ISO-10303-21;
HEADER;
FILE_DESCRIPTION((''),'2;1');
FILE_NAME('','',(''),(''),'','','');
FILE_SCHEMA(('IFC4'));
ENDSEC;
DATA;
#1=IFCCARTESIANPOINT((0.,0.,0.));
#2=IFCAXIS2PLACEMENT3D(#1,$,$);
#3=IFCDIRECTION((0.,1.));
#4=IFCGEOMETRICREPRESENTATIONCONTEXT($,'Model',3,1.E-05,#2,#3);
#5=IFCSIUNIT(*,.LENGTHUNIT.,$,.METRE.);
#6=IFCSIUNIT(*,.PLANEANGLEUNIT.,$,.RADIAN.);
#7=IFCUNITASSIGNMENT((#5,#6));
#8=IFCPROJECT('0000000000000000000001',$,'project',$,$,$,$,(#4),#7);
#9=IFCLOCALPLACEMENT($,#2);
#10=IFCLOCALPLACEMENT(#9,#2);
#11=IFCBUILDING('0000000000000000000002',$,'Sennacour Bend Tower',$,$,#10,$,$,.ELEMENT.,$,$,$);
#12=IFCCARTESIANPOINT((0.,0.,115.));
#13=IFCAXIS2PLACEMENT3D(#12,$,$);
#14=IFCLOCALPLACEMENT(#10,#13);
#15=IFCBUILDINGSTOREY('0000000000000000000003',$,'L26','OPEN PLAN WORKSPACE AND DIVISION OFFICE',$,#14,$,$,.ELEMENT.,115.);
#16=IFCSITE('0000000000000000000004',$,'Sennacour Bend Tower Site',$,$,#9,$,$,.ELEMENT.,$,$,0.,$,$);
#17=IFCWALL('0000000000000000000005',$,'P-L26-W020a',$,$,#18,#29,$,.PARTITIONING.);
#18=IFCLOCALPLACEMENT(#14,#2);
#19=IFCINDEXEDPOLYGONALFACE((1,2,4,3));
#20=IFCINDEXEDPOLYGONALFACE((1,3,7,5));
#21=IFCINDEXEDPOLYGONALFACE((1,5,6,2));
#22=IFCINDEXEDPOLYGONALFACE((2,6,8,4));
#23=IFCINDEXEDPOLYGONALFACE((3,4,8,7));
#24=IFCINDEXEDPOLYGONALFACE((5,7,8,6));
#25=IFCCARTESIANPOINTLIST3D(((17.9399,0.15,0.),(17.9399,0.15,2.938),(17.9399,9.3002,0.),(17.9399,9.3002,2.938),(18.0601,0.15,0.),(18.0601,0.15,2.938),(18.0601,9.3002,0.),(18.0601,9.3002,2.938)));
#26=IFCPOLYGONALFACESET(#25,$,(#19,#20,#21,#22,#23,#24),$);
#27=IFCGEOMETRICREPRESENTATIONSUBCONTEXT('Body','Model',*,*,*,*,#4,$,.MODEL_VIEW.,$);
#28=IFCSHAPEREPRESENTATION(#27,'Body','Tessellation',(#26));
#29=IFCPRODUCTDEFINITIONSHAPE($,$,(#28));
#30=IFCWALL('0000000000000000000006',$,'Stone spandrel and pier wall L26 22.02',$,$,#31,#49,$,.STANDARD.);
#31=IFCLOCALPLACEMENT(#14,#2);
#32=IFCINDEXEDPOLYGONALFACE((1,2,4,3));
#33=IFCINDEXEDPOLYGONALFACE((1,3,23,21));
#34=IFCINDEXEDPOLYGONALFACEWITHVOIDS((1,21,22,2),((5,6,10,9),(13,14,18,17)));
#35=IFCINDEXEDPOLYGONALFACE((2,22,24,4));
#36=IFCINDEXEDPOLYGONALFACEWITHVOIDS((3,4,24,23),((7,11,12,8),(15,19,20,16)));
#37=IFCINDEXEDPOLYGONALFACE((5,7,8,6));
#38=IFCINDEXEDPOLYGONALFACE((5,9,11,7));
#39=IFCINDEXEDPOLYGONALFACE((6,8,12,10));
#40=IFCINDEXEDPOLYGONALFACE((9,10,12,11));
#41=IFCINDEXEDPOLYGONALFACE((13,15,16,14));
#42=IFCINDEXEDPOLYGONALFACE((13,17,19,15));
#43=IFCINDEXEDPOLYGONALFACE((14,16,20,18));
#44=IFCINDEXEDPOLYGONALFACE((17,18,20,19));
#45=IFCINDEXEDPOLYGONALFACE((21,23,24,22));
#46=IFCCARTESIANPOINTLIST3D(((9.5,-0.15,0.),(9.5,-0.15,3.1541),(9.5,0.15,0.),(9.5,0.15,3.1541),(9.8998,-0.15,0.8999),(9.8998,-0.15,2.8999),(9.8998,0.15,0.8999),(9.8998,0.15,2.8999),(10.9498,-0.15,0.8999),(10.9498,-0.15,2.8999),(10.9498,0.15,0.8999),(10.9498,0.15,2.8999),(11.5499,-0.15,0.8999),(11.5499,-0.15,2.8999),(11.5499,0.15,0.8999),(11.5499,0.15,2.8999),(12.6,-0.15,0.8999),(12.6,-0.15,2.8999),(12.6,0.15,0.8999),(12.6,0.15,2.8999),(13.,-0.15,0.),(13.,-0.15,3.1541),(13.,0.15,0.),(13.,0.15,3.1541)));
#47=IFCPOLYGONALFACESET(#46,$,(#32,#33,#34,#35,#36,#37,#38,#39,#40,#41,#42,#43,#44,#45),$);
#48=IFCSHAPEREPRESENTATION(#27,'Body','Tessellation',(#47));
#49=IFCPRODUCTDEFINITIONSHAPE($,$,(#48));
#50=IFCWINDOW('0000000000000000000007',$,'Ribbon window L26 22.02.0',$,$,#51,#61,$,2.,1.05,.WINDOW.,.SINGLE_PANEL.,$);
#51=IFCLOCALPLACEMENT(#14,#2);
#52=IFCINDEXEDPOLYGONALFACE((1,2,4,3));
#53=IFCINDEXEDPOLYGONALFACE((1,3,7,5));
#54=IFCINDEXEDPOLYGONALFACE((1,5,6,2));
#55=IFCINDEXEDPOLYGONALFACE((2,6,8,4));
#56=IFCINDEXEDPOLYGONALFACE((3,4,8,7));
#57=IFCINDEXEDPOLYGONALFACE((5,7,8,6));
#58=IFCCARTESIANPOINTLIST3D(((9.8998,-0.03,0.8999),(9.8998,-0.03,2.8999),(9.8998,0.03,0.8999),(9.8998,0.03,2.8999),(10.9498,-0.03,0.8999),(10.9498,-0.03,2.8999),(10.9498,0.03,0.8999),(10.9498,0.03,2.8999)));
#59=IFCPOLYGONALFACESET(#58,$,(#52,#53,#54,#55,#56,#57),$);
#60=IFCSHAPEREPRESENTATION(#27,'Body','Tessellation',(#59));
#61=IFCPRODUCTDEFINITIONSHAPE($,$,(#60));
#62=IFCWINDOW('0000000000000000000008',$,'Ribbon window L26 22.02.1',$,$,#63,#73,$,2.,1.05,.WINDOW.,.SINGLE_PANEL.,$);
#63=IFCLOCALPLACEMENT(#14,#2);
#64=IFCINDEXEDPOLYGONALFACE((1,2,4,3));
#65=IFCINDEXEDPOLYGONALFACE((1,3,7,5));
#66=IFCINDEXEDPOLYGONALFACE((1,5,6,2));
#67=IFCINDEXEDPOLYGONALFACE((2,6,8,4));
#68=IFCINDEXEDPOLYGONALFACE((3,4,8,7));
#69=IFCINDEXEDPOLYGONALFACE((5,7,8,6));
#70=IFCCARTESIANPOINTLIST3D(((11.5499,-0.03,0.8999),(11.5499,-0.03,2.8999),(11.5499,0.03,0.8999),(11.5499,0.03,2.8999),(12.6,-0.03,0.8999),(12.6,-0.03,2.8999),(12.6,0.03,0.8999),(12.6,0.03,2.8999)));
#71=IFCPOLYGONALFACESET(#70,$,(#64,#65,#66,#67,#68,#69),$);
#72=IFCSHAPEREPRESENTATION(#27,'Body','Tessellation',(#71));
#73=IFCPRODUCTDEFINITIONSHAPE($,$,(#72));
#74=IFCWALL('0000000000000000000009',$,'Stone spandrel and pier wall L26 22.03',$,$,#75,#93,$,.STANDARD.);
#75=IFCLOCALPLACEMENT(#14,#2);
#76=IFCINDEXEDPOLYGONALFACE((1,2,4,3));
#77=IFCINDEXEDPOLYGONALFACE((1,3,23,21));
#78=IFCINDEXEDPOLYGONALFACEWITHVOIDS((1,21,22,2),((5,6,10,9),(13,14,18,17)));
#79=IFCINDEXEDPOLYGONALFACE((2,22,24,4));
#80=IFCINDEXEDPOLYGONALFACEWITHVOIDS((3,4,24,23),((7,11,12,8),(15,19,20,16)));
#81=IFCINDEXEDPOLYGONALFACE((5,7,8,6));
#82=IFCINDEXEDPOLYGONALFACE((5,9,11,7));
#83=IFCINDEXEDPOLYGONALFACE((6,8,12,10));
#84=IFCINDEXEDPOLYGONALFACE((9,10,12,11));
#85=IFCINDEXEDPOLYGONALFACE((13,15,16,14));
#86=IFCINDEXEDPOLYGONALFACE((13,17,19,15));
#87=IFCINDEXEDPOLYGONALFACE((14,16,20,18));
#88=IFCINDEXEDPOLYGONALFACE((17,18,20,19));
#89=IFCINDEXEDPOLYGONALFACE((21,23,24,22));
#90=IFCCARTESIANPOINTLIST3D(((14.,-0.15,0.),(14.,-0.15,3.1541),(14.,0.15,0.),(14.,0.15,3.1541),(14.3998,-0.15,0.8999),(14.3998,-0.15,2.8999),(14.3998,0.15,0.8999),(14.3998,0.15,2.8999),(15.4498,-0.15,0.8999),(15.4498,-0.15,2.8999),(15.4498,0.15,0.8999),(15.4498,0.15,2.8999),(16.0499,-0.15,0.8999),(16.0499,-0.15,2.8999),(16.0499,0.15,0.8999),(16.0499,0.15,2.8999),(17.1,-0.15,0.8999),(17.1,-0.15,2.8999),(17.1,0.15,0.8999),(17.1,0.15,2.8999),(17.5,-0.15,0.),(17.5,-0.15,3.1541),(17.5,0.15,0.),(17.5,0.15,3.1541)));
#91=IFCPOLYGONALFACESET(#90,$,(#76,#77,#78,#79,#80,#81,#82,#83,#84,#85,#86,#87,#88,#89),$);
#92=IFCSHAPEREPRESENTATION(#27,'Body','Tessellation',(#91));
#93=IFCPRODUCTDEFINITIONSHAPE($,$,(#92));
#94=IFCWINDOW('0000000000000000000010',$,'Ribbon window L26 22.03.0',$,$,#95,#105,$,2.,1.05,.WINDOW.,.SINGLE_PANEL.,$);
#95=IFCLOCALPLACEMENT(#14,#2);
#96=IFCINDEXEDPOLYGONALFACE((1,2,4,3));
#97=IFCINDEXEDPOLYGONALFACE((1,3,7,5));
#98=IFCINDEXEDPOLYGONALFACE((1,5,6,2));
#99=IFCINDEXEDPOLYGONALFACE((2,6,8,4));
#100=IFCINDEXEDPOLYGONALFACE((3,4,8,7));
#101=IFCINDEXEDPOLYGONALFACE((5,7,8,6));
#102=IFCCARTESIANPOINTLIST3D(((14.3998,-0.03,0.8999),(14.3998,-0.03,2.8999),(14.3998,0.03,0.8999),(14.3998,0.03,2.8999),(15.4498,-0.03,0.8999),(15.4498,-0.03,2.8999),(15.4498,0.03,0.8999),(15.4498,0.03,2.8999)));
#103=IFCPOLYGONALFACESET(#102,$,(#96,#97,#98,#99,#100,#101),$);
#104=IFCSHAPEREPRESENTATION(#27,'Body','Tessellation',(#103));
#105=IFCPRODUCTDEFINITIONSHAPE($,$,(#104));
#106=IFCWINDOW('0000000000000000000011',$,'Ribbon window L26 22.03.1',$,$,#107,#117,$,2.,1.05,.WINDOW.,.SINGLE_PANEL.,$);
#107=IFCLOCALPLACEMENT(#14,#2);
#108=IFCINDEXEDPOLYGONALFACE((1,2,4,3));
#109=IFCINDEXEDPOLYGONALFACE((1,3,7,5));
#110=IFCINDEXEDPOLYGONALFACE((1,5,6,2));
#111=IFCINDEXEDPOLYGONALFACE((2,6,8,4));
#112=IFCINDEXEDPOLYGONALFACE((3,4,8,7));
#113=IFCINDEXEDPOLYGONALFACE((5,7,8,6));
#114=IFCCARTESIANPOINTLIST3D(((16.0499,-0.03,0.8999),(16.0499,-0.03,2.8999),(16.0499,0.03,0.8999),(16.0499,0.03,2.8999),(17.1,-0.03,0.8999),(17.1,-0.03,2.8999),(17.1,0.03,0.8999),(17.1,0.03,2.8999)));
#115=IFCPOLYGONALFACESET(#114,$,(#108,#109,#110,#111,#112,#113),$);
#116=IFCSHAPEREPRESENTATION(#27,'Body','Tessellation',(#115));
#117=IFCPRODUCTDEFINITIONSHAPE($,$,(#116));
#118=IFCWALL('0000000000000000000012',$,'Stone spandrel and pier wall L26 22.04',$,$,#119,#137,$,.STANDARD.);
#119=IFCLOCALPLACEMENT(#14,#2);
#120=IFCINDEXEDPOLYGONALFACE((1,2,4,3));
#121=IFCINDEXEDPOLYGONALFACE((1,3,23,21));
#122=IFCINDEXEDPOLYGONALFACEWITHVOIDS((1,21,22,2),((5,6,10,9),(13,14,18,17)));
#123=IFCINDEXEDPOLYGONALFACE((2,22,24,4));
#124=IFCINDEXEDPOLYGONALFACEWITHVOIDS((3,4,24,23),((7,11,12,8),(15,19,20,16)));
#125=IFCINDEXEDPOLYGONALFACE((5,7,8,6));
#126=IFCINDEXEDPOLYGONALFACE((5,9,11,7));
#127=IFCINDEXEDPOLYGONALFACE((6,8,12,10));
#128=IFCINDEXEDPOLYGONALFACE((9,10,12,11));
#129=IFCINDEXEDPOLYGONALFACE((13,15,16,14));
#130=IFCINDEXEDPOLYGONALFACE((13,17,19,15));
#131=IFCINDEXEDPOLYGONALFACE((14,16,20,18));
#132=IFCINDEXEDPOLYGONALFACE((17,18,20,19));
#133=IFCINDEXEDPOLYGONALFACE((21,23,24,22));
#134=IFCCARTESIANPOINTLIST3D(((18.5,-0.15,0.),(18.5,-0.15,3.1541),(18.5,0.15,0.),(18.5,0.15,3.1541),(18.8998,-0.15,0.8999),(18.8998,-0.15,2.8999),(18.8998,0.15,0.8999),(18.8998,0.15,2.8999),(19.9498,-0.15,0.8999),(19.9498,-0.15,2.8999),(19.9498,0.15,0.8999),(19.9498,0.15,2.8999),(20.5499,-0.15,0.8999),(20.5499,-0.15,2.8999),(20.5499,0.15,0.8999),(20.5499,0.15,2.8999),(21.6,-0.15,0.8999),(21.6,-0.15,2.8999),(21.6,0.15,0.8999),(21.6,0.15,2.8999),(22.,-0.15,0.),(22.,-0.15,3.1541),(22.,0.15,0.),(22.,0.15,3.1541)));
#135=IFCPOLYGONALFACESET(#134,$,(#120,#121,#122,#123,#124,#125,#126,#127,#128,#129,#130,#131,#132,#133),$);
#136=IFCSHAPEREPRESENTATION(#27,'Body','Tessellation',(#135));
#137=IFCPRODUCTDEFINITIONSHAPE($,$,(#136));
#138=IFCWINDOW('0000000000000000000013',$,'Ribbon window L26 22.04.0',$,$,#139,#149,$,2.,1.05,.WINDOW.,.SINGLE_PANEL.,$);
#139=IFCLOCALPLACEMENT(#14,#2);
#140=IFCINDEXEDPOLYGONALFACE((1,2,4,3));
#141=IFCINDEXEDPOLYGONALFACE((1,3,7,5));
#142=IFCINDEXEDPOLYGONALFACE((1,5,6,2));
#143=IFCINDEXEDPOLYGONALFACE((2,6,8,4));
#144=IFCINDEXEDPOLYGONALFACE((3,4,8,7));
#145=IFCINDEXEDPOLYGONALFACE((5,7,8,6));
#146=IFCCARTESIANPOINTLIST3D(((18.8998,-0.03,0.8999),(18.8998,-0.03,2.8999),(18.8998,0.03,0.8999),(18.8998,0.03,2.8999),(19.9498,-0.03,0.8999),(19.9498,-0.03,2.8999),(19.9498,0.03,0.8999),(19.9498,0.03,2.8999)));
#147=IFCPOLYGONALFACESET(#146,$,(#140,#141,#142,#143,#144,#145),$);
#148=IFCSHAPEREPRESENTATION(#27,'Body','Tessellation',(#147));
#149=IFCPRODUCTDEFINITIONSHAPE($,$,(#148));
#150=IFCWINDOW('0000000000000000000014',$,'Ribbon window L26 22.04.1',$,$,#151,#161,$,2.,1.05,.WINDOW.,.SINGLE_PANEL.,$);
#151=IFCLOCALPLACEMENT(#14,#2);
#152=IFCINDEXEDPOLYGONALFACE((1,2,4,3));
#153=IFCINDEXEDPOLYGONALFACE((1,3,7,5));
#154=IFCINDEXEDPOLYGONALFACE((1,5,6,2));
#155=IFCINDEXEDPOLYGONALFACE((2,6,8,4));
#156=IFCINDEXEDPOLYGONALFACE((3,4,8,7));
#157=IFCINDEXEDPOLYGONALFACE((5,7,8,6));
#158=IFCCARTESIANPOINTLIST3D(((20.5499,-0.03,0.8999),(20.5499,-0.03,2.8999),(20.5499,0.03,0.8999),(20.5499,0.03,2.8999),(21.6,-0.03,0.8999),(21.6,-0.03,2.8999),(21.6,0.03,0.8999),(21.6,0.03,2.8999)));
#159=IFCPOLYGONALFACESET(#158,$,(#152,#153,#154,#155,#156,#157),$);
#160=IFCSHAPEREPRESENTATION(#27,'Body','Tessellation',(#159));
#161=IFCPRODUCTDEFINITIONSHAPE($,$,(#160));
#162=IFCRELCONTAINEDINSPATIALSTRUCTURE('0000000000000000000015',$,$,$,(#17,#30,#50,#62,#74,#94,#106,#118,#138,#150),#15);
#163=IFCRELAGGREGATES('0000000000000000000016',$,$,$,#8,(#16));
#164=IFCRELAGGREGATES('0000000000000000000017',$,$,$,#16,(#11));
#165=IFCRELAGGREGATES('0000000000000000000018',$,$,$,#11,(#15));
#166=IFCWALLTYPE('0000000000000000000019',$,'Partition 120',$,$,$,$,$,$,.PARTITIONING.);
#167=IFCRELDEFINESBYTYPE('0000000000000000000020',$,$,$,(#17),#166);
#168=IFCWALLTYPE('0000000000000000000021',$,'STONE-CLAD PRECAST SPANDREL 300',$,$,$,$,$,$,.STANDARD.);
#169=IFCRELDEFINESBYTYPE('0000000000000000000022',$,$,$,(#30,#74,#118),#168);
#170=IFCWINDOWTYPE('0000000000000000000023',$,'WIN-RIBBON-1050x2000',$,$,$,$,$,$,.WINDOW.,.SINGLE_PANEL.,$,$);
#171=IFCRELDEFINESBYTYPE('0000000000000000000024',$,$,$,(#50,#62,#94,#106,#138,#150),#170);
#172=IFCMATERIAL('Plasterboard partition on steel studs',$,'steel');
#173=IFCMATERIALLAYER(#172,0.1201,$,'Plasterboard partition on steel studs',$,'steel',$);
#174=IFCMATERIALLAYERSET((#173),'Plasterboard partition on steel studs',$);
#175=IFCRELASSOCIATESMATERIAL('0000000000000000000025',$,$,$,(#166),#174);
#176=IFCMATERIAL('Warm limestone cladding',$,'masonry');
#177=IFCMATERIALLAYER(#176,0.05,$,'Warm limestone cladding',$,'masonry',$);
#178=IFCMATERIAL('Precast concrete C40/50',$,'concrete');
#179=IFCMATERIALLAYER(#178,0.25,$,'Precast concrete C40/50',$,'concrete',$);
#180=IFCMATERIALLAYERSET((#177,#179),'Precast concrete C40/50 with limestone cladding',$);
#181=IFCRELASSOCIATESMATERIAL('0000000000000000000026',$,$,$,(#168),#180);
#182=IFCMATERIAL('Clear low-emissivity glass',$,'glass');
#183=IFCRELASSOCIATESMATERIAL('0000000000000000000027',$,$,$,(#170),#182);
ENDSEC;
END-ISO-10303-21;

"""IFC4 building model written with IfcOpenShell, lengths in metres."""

from ifc_helpers import new_model, si_unit, direction, frame, frame_2d, origin, place, context, subcontext, project, spatial, rectangle, extrude, material, layer, layer_set, type_object, element, fill, save


model = new_model("IFC4")

# Units and contexts
model_context = context("Model", 3, precision=1e-05, world=origin(), true_north=direction((0.0, 1.0)))
body_context = subcontext(model_context, "Body", "Model", "MODEL_VIEW")
ifc_project = project(units=[si_unit("LENGTHUNIT", "METRE"), si_unit("PLANEANGLEUNIT", "RADIAN")], contexts=[model_context])

# Site, building, storey
site_placement = place(None, origin())
site = spatial("IfcSite", under=ifc_project, at=site_placement, Name="Sennacour Bend Tower Site", CompositionType="ELEMENT", RefElevation=0.0)
building_placement = place(site_placement, origin())
building = spatial("IfcBuilding", under=site, at=building_placement, Name="Sennacour Bend Tower", CompositionType="ELEMENT")
storey_placement = place(building_placement, frame((0.0, 0.0, 115.0)))
storey = spatial("IfcBuildingStorey", under=building, at=storey_placement, Name="L26", Description="OPEN PLAN WORKSPACE AND DIVISION OFFICE", CompositionType="ELEMENT", Elevation=115.0)

# Wall
ifc_material_1 = material(Name="Plasterboard partition on steel studs", Category="steel")
ifc_layer_1 = layer(ifc_material_1, 0.1201, Name="Plasterboard partition on steel studs", Category="steel")
ifc_layer_set_1 = layer_set([ifc_layer_1], Name="Plasterboard partition on steel studs")
wall_type_1 = type_object("IfcWallType", Name="Partition 120", PredefinedType="PARTITIONING", material=ifc_layer_set_1)
for number, where, z_axis, x_axis, name in (
    (1, (18.0, 0.1499, 0.0), (0.0, 0.0, 1.0), (0.0, 1.0, 0.0), "P-L26-W020a"),
):
    element("IfcWall", number, at=place(storey_placement, frame(where, z_axis=z_axis, x_axis=x_axis)), inside=storey, type_object=wall_type_1, Name=name, PredefinedType="PARTITIONING", context=body_context, shape_type="SweptSolid", body=[
        extrude(rectangle(XDim=9.1501, YDim=0.1201, at=frame_2d((4.5752, 0.0))), origin(), (0.0, 0.0, 1.0), 2.938),
    ])

# Walls, openings, windows
ifc_material_2 = material(Name="Warm limestone cladding", Category="masonry")
ifc_layer_2 = layer(ifc_material_2, 0.05, Name="Warm limestone cladding", Category="masonry")
ifc_material_3 = material(Name="Precast concrete C40/50", Category="concrete")
ifc_layer_3 = layer(ifc_material_3, 0.25, Name="Precast concrete C40/50", Category="concrete")
ifc_layer_set_2 = layer_set([ifc_layer_2, ifc_layer_3], Name="Precast concrete C40/50 with limestone cladding")
wall_type_2 = type_object("IfcWallType", Name="STONE-CLAD PRECAST SPANDREL 300", PredefinedType="STANDARD", material=ifc_layer_set_2)
wall_1_placement = place(storey_placement, frame((9.5, 0.0, 0.0), z_axis=(0.0, 0.0, 1.0), x_axis=(1.0, 0.0, 0.0)))
wall_1 = element("IfcWall", 2, at=wall_1_placement, inside=storey, type_object=wall_type_2, Name="Stone spandrel and pier wall L26 22.02", PredefinedType="STANDARD", context=body_context, shape_type="SweptSolid", body=[
    extrude(rectangle(XDim=3.5, YDim=0.3, at=frame_2d((1.75, 0.0))), origin(), (0.0, 0.0, 1.0), 3.1541),
])
opening_1_placement = place(wall_1_placement, frame((0.3999, 0.0, 0.8999)))
opening_1 = element("IfcOpeningElement", 3, at=opening_1_placement, cuts=wall_1, PredefinedType="OPENING", context=body_context, shape_type="SweptSolid", body=[
    extrude(rectangle(XDim=1.05, YDim=2.0, at=frame_2d((0.5249, 1.0))), frame((0.0, 0.1602, 0.0), z_axis=(0.0, -1.0, 0.0), x_axis=(1.0, 0.0, 0.0)), (0.0, 0.0, 1.0), 0.3201),
])
opening_2_placement = place(wall_1_placement, frame((2.05, 0.0, 0.8999)))
opening_2 = element("IfcOpeningElement", 4, at=opening_2_placement, cuts=wall_1, PredefinedType="OPENING", context=body_context, shape_type="SweptSolid", body=[
    extrude(rectangle(XDim=1.05, YDim=2.0, at=frame_2d((0.5249, 1.0))), frame((0.0, 0.1602, 0.0), z_axis=(0.0, -1.0, 0.0), x_axis=(1.0, 0.0, 0.0)), (0.0, 0.0, 1.0), 0.3201),
])
ifc_material_4 = material(Name="Clear low-emissivity glass", Category="glass")
window_type = type_object("IfcWindowType", Name="WIN-RIBBON-1050x2000", PartitioningType="SINGLE_PANEL", PredefinedType="WINDOW", material=ifc_material_4)
window_1_placement = place(opening_1_placement, origin())
window_1 = element("IfcWindow", 5, at=window_1_placement, inside=storey, type_object=window_type, Name="Ribbon window L26 22.02.0", OverallHeight=2.0, OverallWidth=1.05, PartitioningType="SINGLE_PANEL", PredefinedType="WINDOW", context=body_context, shape_type="SweptSolid", body=[
    extrude(rectangle(XDim=1.05, YDim=2.0, at=frame_2d((0.5249, 1.0))), frame((0.0, 0.03, 0.0), z_axis=(0.0, -1.0, 0.0), x_axis=(1.0, 0.0, 0.0)), (0.0, 0.0, 1.0), 0.0601),
])
fill(opening_1, window_1)
window_2_placement = place(opening_2_placement, origin())
window_2 = element("IfcWindow", 6, at=window_2_placement, inside=storey, type_object=window_type, Name="Ribbon window L26 22.02.1", OverallHeight=2.0, OverallWidth=1.05, PartitioningType="SINGLE_PANEL", PredefinedType="WINDOW", context=body_context, shape_type="SweptSolid", body=[
    extrude(rectangle(XDim=1.05, YDim=2.0, at=frame_2d((0.5249, 1.0))), frame((0.0, 0.03, 0.0), z_axis=(0.0, -1.0, 0.0), x_axis=(1.0, 0.0, 0.0)), (0.0, 0.0, 1.0), 0.0601),
])
fill(opening_2, window_2)
wall_2_placement = place(storey_placement, frame((14.0, 0.0, 0.0), z_axis=(0.0, 0.0, 1.0), x_axis=(1.0, 0.0, 0.0)))
wall_2 = element("IfcWall", 7, at=wall_2_placement, inside=storey, type_object=wall_type_2, Name="Stone spandrel and pier wall L26 22.03", PredefinedType="STANDARD", context=body_context, shape_type="SweptSolid", body=[
    extrude(rectangle(XDim=3.5, YDim=0.3, at=frame_2d((1.75, 0.0))), origin(), (0.0, 0.0, 1.0), 3.1541),
])
opening_3_placement = place(wall_2_placement, frame((0.3999, 0.0, 0.8999)))
opening_3 = element("IfcOpeningElement", 8, at=opening_3_placement, cuts=wall_2, PredefinedType="OPENING", context=body_context, shape_type="SweptSolid", body=[
    extrude(rectangle(XDim=1.05, YDim=2.0, at=frame_2d((0.5249, 1.0))), frame((0.0, 0.1602, 0.0), z_axis=(0.0, -1.0, 0.0), x_axis=(1.0, 0.0, 0.0)), (0.0, 0.0, 1.0), 0.3201),
])
opening_4_placement = place(wall_2_placement, frame((2.05, 0.0, 0.8999)))
opening_4 = element("IfcOpeningElement", 9, at=opening_4_placement, cuts=wall_2, PredefinedType="OPENING", context=body_context, shape_type="SweptSolid", body=[
    extrude(rectangle(XDim=1.05, YDim=2.0, at=frame_2d((0.5249, 1.0))), frame((0.0, 0.1602, 0.0), z_axis=(0.0, -1.0, 0.0), x_axis=(1.0, 0.0, 0.0)), (0.0, 0.0, 1.0), 0.3201),
])
window_3_placement = place(opening_3_placement, origin())
window_3 = element("IfcWindow", 10, at=window_3_placement, inside=storey, type_object=window_type, Name="Ribbon window L26 22.03.0", OverallHeight=2.0, OverallWidth=1.05, PartitioningType="SINGLE_PANEL", PredefinedType="WINDOW", context=body_context, shape_type="SweptSolid", body=[
    extrude(rectangle(XDim=1.05, YDim=2.0, at=frame_2d((0.5249, 1.0))), frame((0.0, 0.03, 0.0), z_axis=(0.0, -1.0, 0.0), x_axis=(1.0, 0.0, 0.0)), (0.0, 0.0, 1.0), 0.0601),
])
fill(opening_3, window_3)
window_4_placement = place(opening_4_placement, origin())
window_4 = element("IfcWindow", 11, at=window_4_placement, inside=storey, type_object=window_type, Name="Ribbon window L26 22.03.1", OverallHeight=2.0, OverallWidth=1.05, PartitioningType="SINGLE_PANEL", PredefinedType="WINDOW", context=body_context, shape_type="SweptSolid", body=[
    extrude(rectangle(XDim=1.05, YDim=2.0, at=frame_2d((0.5249, 1.0))), frame((0.0, 0.03, 0.0), z_axis=(0.0, -1.0, 0.0), x_axis=(1.0, 0.0, 0.0)), (0.0, 0.0, 1.0), 0.0601),
])
fill(opening_4, window_4)
wall_3_placement = place(storey_placement, frame((18.5, 0.0, 0.0), z_axis=(0.0, 0.0, 1.0), x_axis=(1.0, 0.0, 0.0)))
wall_3 = element("IfcWall", 12, at=wall_3_placement, inside=storey, type_object=wall_type_2, Name="Stone spandrel and pier wall L26 22.04", PredefinedType="STANDARD", context=body_context, shape_type="SweptSolid", body=[
    extrude(rectangle(XDim=3.5, YDim=0.3, at=frame_2d((1.75, 0.0))), origin(), (0.0, 0.0, 1.0), 3.1541),
])
opening_5_placement = place(wall_3_placement, frame((0.3999, 0.0, 0.8999)))
opening_5 = element("IfcOpeningElement", 13, at=opening_5_placement, cuts=wall_3, PredefinedType="OPENING", context=body_context, shape_type="SweptSolid", body=[
    extrude(rectangle(XDim=1.05, YDim=2.0, at=frame_2d((0.5249, 1.0))), frame((0.0, 0.1602, 0.0), z_axis=(0.0, -1.0, 0.0), x_axis=(1.0, 0.0, 0.0)), (0.0, 0.0, 1.0), 0.3201),
])
opening_6_placement = place(wall_3_placement, frame((2.05, 0.0, 0.8999)))
opening_6 = element("IfcOpeningElement", 14, at=opening_6_placement, cuts=wall_3, PredefinedType="OPENING", context=body_context, shape_type="SweptSolid", body=[
    extrude(rectangle(XDim=1.05, YDim=2.0, at=frame_2d((0.5249, 1.0))), frame((0.0, 0.1602, 0.0), z_axis=(0.0, -1.0, 0.0), x_axis=(1.0, 0.0, 0.0)), (0.0, 0.0, 1.0), 0.3201),
])
window_5_placement = place(opening_5_placement, origin())
window_5 = element("IfcWindow", 15, at=window_5_placement, inside=storey, type_object=window_type, Name="Ribbon window L26 22.04.0", OverallHeight=2.0, OverallWidth=1.05, PartitioningType="SINGLE_PANEL", PredefinedType="WINDOW", context=body_context, shape_type="SweptSolid", body=[
    extrude(rectangle(XDim=1.05, YDim=2.0, at=frame_2d((0.5249, 1.0))), frame((0.0, 0.03, 0.0), z_axis=(0.0, -1.0, 0.0), x_axis=(1.0, 0.0, 0.0)), (0.0, 0.0, 1.0), 0.0601),
])
fill(opening_5, window_5)
window_6_placement = place(opening_6_placement, origin())
window_6 = element("IfcWindow", 16, at=window_6_placement, inside=storey, type_object=window_type, Name="Ribbon window L26 22.04.1", OverallHeight=2.0, OverallWidth=1.05, PartitioningType="SINGLE_PANEL", PredefinedType="WINDOW", context=body_context, shape_type="SweptSolid", body=[
    extrude(rectangle(XDim=1.05, YDim=2.0, at=frame_2d((0.5249, 1.0))), frame((0.0, 0.03, 0.0), z_axis=(0.0, -1.0, 0.0), x_axis=(1.0, 0.0, 0.0)), (0.0, 0.0, 1.0), 0.0601),
])
fill(opening_6, window_6)

save(model, "model.ifc")
